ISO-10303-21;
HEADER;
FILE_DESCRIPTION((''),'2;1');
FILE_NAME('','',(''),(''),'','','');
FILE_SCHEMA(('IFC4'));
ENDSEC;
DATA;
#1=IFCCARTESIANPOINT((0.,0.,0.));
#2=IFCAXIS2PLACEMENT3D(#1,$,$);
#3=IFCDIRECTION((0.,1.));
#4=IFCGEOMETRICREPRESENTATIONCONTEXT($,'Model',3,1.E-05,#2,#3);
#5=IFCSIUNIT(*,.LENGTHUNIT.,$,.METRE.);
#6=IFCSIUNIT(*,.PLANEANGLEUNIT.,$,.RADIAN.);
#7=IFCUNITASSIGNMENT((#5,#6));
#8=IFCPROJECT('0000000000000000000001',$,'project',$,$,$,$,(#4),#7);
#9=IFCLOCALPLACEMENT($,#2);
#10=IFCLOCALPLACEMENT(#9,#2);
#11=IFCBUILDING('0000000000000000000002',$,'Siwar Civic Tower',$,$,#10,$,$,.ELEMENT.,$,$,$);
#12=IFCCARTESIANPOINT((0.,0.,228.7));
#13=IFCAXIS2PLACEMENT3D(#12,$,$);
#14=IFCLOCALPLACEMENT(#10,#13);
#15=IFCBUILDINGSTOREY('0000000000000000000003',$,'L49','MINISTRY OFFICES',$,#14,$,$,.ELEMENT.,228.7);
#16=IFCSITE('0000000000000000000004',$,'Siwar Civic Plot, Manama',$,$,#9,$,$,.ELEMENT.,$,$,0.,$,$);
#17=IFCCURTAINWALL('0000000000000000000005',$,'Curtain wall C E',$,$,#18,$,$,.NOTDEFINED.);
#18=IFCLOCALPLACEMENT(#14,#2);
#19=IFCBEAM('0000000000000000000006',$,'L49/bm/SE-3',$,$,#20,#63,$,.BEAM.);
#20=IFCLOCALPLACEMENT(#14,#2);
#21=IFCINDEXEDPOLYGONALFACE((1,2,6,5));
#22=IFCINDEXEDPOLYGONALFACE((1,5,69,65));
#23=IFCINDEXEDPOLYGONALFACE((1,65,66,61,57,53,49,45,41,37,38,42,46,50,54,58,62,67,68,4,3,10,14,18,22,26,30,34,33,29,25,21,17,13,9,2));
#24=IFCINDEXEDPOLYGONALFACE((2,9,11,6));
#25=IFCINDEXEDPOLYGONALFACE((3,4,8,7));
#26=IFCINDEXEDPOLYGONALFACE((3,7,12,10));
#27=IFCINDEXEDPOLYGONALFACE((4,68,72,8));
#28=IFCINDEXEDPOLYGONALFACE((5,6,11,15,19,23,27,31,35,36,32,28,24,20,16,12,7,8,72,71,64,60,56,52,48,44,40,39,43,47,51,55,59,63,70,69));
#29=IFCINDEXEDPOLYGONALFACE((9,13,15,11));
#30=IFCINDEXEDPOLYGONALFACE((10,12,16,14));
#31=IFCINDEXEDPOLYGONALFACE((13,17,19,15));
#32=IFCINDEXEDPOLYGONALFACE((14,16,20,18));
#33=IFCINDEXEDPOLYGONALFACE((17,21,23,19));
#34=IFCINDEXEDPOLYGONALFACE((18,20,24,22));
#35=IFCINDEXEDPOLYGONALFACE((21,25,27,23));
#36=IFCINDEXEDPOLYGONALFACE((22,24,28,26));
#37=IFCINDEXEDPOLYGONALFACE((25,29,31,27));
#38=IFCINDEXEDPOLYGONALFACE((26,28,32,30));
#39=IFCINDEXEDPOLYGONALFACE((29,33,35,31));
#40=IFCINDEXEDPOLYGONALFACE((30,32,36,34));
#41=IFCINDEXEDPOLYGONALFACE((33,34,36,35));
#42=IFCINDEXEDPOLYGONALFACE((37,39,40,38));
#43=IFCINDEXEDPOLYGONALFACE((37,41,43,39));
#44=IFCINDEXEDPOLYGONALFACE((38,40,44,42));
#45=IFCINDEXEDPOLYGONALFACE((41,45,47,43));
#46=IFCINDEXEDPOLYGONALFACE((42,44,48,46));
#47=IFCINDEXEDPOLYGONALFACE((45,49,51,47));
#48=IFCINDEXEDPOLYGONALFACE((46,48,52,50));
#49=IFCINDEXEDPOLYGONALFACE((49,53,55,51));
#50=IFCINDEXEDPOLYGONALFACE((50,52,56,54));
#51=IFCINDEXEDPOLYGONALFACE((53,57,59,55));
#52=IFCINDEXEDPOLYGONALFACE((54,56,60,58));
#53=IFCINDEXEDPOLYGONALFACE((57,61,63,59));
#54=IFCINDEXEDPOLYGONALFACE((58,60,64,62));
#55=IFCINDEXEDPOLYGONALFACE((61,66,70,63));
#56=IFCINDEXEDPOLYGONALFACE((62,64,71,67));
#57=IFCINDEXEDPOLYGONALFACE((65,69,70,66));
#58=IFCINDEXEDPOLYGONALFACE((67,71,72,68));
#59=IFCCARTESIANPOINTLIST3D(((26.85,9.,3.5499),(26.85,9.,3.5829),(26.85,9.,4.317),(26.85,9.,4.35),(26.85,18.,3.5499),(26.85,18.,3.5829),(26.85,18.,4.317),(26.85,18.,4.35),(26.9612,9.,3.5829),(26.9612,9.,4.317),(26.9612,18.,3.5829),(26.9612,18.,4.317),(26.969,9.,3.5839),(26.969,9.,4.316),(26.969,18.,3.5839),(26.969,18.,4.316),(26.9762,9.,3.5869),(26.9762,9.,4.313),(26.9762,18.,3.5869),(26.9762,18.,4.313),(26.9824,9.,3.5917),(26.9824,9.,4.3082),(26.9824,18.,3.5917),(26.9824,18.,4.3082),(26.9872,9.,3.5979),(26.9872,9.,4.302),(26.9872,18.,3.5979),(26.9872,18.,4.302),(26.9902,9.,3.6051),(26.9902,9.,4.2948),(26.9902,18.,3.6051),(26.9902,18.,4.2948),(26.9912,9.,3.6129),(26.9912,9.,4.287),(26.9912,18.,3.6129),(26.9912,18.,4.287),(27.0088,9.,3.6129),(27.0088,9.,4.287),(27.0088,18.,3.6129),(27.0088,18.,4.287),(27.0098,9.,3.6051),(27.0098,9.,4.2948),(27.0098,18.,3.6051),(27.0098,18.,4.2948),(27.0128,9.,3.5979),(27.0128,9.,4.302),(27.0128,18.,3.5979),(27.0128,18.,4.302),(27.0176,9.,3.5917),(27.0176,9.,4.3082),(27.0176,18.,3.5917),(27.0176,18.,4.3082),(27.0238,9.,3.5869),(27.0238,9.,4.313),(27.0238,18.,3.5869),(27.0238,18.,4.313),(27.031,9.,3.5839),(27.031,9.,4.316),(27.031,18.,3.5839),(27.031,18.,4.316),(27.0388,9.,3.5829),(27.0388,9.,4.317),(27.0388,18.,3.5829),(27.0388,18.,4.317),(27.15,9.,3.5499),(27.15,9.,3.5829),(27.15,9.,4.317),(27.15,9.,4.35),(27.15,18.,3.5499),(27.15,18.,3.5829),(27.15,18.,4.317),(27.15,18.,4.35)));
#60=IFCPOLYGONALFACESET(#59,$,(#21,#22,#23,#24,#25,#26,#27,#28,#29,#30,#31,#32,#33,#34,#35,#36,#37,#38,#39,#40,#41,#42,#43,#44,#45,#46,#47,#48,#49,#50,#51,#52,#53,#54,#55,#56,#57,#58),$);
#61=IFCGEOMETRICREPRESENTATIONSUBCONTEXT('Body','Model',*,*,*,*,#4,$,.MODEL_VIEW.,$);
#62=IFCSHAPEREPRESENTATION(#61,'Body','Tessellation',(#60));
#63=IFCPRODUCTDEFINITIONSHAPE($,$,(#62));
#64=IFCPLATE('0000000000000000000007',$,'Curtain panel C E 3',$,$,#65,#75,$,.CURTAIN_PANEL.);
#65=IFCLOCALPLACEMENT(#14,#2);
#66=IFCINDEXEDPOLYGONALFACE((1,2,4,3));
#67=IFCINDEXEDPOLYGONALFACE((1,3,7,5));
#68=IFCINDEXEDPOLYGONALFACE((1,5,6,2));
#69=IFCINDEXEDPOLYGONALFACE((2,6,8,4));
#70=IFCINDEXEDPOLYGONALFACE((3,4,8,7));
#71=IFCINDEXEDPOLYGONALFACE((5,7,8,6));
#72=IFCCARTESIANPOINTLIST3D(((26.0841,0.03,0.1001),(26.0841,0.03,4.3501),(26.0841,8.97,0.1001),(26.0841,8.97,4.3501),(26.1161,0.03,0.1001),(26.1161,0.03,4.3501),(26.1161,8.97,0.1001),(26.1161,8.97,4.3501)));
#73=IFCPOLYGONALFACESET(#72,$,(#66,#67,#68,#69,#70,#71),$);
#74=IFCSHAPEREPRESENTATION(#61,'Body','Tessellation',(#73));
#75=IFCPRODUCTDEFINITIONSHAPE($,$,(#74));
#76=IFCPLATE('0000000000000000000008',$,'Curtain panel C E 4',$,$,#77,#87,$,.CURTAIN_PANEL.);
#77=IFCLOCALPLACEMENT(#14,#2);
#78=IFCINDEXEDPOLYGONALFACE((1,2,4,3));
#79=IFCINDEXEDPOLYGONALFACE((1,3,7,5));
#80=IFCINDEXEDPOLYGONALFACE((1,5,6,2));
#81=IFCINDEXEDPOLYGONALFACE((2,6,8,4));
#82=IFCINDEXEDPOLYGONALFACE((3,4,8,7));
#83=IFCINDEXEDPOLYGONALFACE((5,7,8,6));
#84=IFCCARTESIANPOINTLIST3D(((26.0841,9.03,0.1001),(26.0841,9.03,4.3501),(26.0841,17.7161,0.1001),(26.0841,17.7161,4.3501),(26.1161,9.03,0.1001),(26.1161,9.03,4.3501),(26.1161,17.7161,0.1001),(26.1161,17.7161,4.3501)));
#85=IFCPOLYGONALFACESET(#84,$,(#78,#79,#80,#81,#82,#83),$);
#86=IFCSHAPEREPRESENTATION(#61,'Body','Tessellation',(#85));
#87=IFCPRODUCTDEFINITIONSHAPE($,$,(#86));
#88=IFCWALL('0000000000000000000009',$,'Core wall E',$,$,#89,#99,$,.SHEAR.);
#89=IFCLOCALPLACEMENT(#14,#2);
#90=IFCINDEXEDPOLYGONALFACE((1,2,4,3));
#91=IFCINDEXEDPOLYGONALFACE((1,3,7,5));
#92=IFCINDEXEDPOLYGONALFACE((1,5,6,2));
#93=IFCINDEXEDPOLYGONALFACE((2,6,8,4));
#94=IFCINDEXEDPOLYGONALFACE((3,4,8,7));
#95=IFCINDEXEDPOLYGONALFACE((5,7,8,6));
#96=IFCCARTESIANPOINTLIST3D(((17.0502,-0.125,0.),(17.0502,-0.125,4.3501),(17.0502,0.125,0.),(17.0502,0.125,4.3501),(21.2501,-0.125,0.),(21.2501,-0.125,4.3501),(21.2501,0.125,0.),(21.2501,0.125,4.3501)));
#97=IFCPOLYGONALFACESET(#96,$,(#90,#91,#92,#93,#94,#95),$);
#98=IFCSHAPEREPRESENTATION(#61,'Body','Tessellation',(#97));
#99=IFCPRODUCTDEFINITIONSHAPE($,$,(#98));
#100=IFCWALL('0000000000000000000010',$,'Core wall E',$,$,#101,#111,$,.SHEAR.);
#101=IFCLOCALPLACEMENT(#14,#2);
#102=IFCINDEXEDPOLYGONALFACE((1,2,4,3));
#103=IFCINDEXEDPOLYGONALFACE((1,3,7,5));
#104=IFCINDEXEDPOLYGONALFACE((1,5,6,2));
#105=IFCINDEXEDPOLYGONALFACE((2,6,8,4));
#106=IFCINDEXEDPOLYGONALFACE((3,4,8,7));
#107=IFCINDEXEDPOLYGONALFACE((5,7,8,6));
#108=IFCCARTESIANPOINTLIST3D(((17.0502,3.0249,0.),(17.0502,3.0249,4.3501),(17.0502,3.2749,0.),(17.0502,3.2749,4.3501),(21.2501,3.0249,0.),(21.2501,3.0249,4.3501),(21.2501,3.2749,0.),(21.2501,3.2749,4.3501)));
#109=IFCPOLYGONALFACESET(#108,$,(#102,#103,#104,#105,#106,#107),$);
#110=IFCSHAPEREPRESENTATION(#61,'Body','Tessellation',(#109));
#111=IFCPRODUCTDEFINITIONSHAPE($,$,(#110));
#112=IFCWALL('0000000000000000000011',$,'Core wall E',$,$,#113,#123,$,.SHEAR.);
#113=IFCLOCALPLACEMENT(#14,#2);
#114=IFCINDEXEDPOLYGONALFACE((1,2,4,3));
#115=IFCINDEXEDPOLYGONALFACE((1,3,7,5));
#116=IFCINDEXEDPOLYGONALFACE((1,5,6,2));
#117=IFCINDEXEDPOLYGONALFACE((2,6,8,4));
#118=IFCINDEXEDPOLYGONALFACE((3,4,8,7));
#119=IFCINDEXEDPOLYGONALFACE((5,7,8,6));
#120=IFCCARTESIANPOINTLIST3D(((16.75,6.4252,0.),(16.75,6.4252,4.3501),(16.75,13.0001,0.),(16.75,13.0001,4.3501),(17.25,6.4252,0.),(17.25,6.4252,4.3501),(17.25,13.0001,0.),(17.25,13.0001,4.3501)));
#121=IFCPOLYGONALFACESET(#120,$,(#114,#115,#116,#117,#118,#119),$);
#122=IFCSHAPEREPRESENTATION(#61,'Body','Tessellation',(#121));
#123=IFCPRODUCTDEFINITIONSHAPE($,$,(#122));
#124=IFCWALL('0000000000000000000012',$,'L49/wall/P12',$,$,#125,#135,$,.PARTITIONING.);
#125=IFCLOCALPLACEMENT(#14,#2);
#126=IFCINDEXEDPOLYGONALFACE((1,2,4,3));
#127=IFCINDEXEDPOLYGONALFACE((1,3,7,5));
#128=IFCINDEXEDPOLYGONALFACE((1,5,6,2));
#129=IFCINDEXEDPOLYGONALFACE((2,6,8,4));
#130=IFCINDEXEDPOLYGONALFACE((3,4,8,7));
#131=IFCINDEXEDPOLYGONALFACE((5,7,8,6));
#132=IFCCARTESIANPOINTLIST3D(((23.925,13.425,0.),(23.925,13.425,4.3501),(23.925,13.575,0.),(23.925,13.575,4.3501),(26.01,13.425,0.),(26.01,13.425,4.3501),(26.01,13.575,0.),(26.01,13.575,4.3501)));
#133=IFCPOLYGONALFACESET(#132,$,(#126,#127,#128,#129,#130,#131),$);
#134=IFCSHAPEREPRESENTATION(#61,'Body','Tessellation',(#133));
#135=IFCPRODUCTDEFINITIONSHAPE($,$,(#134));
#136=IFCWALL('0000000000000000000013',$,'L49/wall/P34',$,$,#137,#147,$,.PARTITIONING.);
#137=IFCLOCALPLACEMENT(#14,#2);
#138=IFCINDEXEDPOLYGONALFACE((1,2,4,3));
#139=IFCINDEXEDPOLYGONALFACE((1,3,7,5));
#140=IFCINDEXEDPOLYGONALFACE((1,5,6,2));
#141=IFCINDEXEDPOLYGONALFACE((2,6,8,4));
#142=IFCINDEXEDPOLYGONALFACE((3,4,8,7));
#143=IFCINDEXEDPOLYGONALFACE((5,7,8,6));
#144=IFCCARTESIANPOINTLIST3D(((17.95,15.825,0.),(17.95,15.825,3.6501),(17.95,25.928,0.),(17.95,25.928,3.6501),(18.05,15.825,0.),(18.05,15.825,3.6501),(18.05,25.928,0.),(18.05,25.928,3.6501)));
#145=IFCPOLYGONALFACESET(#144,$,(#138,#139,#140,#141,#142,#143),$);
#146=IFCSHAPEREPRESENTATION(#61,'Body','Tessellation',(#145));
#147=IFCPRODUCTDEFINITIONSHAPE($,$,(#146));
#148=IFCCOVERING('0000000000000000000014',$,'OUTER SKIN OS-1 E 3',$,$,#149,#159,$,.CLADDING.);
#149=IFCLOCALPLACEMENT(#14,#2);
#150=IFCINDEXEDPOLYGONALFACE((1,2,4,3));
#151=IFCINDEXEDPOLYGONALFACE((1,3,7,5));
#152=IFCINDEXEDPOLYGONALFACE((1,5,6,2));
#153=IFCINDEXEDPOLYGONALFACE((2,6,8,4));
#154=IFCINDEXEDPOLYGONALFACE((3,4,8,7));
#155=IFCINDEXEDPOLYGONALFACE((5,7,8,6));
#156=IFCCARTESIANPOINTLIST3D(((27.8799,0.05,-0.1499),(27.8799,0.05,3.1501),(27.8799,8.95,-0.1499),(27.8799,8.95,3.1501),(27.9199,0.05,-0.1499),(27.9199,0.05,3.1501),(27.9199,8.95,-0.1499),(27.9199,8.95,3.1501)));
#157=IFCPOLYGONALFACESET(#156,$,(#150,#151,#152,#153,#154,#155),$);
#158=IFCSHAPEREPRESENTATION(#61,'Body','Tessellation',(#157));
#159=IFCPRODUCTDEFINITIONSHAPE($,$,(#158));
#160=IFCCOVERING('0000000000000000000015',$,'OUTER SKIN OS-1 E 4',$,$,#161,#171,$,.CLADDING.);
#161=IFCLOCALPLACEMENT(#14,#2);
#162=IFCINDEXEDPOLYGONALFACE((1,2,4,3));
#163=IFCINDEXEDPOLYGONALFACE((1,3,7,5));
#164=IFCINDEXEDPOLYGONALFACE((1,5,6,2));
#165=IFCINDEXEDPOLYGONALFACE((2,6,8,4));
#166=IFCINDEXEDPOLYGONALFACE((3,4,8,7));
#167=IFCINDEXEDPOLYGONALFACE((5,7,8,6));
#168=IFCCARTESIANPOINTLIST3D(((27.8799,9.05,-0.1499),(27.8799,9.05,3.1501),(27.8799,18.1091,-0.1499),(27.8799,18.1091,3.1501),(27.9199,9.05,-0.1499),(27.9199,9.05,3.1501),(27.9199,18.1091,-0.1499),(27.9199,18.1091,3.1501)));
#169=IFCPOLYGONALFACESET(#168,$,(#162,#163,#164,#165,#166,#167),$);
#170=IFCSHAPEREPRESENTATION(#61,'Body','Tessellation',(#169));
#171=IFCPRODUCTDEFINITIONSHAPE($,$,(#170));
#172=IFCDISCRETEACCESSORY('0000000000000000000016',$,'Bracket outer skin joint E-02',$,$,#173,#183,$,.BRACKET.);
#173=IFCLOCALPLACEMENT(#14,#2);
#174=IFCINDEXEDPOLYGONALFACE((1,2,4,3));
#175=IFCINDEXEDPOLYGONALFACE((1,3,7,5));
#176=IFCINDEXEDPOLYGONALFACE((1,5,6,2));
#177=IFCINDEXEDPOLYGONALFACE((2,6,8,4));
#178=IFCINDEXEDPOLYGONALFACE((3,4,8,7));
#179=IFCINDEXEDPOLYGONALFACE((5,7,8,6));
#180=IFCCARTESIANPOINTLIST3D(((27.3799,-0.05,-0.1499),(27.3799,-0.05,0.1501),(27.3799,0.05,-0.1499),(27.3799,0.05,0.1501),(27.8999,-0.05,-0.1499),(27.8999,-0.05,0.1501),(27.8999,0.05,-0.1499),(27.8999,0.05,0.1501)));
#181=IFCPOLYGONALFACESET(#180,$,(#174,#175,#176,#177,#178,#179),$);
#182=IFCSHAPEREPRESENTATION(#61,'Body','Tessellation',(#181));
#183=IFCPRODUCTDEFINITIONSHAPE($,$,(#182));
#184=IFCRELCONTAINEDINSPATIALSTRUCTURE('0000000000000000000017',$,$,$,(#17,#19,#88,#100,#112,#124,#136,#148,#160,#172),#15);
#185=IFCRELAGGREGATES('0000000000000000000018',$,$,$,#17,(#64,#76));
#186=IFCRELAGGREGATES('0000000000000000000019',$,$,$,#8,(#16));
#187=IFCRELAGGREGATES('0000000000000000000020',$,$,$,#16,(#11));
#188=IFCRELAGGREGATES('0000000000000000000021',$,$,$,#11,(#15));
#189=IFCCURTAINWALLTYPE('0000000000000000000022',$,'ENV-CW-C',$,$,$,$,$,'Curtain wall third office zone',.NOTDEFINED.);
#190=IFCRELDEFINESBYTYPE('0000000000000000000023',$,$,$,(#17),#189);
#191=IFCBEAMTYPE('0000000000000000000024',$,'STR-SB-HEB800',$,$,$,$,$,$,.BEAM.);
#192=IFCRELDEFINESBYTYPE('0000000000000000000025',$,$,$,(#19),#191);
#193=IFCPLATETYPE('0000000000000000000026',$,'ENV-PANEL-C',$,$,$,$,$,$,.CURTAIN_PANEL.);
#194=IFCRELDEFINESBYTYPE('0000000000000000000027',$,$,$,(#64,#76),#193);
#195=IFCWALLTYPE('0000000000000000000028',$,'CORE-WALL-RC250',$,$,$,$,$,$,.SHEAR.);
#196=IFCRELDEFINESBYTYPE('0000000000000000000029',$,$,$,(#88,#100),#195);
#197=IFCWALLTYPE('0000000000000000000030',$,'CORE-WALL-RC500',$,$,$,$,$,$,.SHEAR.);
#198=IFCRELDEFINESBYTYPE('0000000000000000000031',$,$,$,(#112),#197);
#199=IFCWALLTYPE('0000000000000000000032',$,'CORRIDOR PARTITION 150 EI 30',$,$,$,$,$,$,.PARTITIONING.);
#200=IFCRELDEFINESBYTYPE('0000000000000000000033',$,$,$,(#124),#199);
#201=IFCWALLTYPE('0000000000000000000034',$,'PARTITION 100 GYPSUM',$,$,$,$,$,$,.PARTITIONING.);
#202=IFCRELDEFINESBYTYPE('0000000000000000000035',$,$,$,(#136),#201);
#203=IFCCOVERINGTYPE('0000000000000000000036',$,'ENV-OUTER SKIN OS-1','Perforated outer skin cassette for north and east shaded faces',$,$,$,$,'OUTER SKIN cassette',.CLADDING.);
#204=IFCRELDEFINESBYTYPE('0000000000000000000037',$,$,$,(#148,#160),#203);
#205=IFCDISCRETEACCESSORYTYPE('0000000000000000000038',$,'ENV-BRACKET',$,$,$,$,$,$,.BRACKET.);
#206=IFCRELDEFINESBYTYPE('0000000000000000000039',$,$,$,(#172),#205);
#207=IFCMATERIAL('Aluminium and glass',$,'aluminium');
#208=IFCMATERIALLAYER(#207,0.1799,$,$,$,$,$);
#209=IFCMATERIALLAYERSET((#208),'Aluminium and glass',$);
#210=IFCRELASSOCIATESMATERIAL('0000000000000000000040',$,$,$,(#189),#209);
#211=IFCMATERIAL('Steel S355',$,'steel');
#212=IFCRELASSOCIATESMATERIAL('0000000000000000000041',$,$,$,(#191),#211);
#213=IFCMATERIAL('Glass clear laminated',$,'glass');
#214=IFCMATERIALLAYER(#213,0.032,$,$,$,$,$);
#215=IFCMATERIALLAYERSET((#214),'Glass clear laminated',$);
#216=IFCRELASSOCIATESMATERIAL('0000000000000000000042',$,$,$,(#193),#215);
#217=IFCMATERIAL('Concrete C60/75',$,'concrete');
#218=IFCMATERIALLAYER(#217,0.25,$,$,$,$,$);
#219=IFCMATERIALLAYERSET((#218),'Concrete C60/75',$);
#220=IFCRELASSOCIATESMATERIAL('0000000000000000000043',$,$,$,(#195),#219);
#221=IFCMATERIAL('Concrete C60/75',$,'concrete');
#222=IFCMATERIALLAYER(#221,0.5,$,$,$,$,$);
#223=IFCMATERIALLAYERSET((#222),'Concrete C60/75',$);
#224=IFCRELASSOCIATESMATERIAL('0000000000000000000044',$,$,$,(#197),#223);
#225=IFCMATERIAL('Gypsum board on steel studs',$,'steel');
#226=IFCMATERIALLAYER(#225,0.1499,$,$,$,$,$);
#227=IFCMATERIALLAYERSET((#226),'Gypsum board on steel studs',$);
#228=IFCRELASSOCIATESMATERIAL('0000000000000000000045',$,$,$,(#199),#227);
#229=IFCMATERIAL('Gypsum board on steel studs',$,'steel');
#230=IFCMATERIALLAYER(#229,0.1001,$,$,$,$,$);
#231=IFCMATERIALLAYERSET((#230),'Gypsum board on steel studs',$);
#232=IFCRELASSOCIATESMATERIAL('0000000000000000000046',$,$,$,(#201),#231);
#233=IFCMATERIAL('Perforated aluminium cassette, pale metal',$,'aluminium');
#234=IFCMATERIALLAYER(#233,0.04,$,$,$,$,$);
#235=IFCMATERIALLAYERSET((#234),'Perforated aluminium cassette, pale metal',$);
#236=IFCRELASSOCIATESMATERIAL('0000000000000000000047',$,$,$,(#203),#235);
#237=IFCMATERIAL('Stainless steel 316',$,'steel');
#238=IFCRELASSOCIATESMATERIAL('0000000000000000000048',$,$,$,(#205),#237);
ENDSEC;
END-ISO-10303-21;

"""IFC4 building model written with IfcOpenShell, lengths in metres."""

from ifc_helpers import new_model, si_unit, direction, frame, frame_2d, origin, origin_2d, place, context, subcontext, project, spatial, rectangle, i_section, extrude, material, layer, layer_set, material_profile, profile_set, type_object, element, aggregate, save


model = new_model("IFC4")

# Units and contexts
model_context = context("Model", 3, precision=1e-05, world=origin(), true_north=direction((0.0, 1.0)))
body_context = subcontext(model_context, "Body", "Model", "MODEL_VIEW")
ifc_project = project(units=[si_unit("LENGTHUNIT", "METRE"), si_unit("PLANEANGLEUNIT", "RADIAN")], contexts=[model_context])

# Site, building, storey
site_placement = place(None, origin())
site = spatial("IfcSite", under=ifc_project, at=site_placement, Name="Siwar Civic Plot, Manama", CompositionType="ELEMENT", RefElevation=0.0)
building_placement = place(site_placement, origin())
building = spatial("IfcBuilding", under=site, at=building_placement, Name="Siwar Civic Tower", CompositionType="ELEMENT")
storey_placement = place(building_placement, frame((0.0, 0.0, 228.7)))
storey = spatial("IfcBuildingStorey", under=building, at=storey_placement, Name="L49", Description="MINISTRY OFFICES", CompositionType="ELEMENT", Elevation=228.7)

# Curtain wall
ifc_material_1 = material(Name="Aluminium and glass", Category="aluminium")
ifc_layer_1 = layer(ifc_material_1, 0.1799)
ifc_layer_set_1 = layer_set([ifc_layer_1], Name="Aluminium and glass")
curtain_wall_type_1 = type_object("IfcCurtainWallType", Name="ENV-CW-C", ElementType="Curtain wall third office zone", PredefinedType="NOTDEFINED", material=ifc_layer_set_1)
curtain_wall_1_placement = place(storey_placement, origin())
curtain_wall_1 = element("IfcCurtainWall", 1, at=curtain_wall_1_placement, inside=storey, type_object=curtain_wall_type_1, Name="Curtain wall C E", PredefinedType="NOTDEFINED")

# Beam
ifc_material_2 = material(Name="Steel S355", Category="steel")
ifc_material_profile_1 = material_profile(ifc_material_2, i_section(OverallWidth=0.3, OverallDepth=0.8, WebThickness=0.0176, FlangeThickness=0.033, FilletRadius=0.03, at=origin_2d()), Name="HEB800")
ifc_profile_set_1 = profile_set([ifc_material_profile_1], Name="Steel S355")
beam_type_1 = type_object("IfcBeamType", Name="STR-SB-HEB800", PredefinedType="BEAM", material=ifc_profile_set_1)
for number, where, z_axis, x_axis, name in (
    (2, (27.0, 9.0, 3.95), (0.0, 1.0, 0.0), (-1.0, 0.0, 0.0), "L49/bm/SE-3"),
):
    element("IfcBeam", number, at=place(storey_placement, frame(where, z_axis=z_axis, x_axis=x_axis)), inside=storey, type_object=beam_type_1, Name=name, PredefinedType="BEAM", context=body_context, shape_type="SweptSolid", body=[
        extrude(i_section(OverallWidth=0.3, OverallDepth=0.8, WebThickness=0.0176, FlangeThickness=0.033, FilletRadius=0.03, at=origin_2d()), origin(), (0.0, 0.0, 1.0), 9.0),
    ])

# Plates
ifc_material_3 = material(Name="Glass clear laminated", Category="glass")
ifc_layer_2 = layer(ifc_material_3, 0.032)
ifc_layer_set_2 = layer_set([ifc_layer_2], Name="Glass clear laminated")
plate_type = type_object("IfcPlateType", Name="ENV-PANEL-C", PredefinedType="CURTAIN_PANEL", material=ifc_layer_set_2)
plate_1_placement = place(storey_placement, frame((26.1001, 4.5, 0.1001), z_axis=(0.0, 0.0, 1.0), x_axis=(0.0, 1.0, 0.0)))
plate_1 = element("IfcPlate", 3, at=plate_1_placement, type_object=plate_type, Name="Curtain panel C E 3", PredefinedType="CURTAIN_PANEL", context=body_context, shape_type="SweptSolid", body=[
    extrude(rectangle(XDim=8.9399, YDim=0.032, at=origin_2d()), origin(), (0.0, 0.0, 1.0), 4.25),
])
plate_2_placement = place(storey_placement, frame((26.1001, 13.373, 0.1001), z_axis=(0.0, 0.0, 1.0), x_axis=(0.0, 1.0, 0.0)))
plate_2 = element("IfcPlate", 4, at=plate_2_placement, type_object=plate_type, Name="Curtain panel C E 4", PredefinedType="CURTAIN_PANEL", context=body_context, shape_type="SweptSolid", body=[
    extrude(rectangle(XDim=8.686, YDim=0.032, at=origin_2d()), origin(), (0.0, 0.0, 1.0), 4.25),
])
aggregate(curtain_wall_1, [plate_1, plate_2])

# Walls
ifc_material_4 = material(Name="Concrete C60/75", Category="concrete")
ifc_layer_3 = layer(ifc_material_4, 0.25)
ifc_layer_set_3 = layer_set([ifc_layer_3], Name="Concrete C60/75")
wall_type_1 = type_object("IfcWallType", Name="CORE-WALL-RC250", PredefinedType="SHEAR", material=ifc_layer_set_3)
for number, where, z_axis, x_axis, name in (
    (5, (17.05, 0.0, 0.0), (0.0, 0.0, 1.0), (1.0, 0.0, 0.0), "Core wall E"),
    (6, (17.05, 3.1499, 0.0), (0.0, 0.0, 1.0), (1.0, 0.0, 0.0), "Core wall E"),
):
    element("IfcWall", number, at=place(storey_placement, frame(where, z_axis=z_axis, x_axis=x_axis)), inside=storey, type_object=wall_type_1, Name=name, PredefinedType="SHEAR", context=body_context, shape_type="SweptSolid", body=[
        extrude(rectangle(XDim=4.2, YDim=0.25, at=frame_2d((2.1001, 0.0))), origin(), (0.0, 0.0, 1.0), 4.3501),
    ])
ifc_material_5 = material(Name="Concrete C60/75", Category="concrete")
ifc_layer_4 = layer(ifc_material_5, 0.5)
ifc_layer_set_4 = layer_set([ifc_layer_4], Name="Concrete C60/75")
wall_type_2 = type_object("IfcWallType", Name="CORE-WALL-RC500", PredefinedType="SHEAR", material=ifc_layer_set_4)
wall_1_placement = place(storey_placement, frame((17.0, 6.425, 0.0), z_axis=(0.0, 0.0, 1.0), x_axis=(0.0, 1.0, 0.0)))
element("IfcWall", 7, at=wall_1_placement, inside=storey, type_object=wall_type_2, Name="Core wall E", PredefinedType="SHEAR", context=body_context, shape_type="SweptSolid", body=[
    extrude(rectangle(XDim=6.575, YDim=0.5, at=frame_2d((3.2876, 0.0))), origin(), (0.0, 0.0, 1.0), 4.3501),
])
ifc_material_6 = material(Name="Gypsum board on steel studs", Category="steel")
ifc_layer_5 = layer(ifc_material_6, 0.1499)
ifc_layer_set_5 = layer_set([ifc_layer_5], Name="Gypsum board on steel studs")
wall_type_3 = type_object("IfcWallType", Name="CORRIDOR PARTITION 150 EI 30", PredefinedType="PARTITIONING", material=ifc_layer_set_5)
wall_2_placement = place(storey_placement, frame((23.925, 13.5, 0.0), z_axis=(0.0, 0.0, 1.0), x_axis=(1.0, 0.0, 0.0)))
element("IfcWall", 8, at=wall_2_placement, inside=storey, type_object=wall_type_3, Name="L49/wall/P12", PredefinedType="PARTITIONING", context=body_context, shape_type="SweptSolid", body=[
    extrude(rectangle(XDim=2.085, YDim=0.1499, at=frame_2d((1.0425, 0.0))), origin(), (0.0, 0.0, 1.0), 4.3501),
])
ifc_material_7 = material(Name="Gypsum board on steel studs", Category="steel")
ifc_layer_6 = layer(ifc_material_7, 0.1001)
ifc_layer_set_6 = layer_set([ifc_layer_6], Name="Gypsum board on steel studs")
wall_type_4 = type_object("IfcWallType", Name="PARTITION 100 GYPSUM", PredefinedType="PARTITIONING", material=ifc_layer_set_6)
wall_3_placement = place(storey_placement, frame((18.0, 15.825, 0.0), z_axis=(0.0, 0.0, 1.0), x_axis=(0.0, 1.0, 0.0)))
element("IfcWall", 9, at=wall_3_placement, inside=storey, type_object=wall_type_4, Name="L49/wall/P34", PredefinedType="PARTITIONING", context=body_context, shape_type="SweptSolid", body=[
    extrude(rectangle(XDim=10.103, YDim=0.1001, at=frame_2d((5.0515, 0.0))), origin(), (0.0, 0.0, 1.0), 3.6501),
])

# Coverings
ifc_material_8 = material(Name="Perforated aluminium cassette, pale metal", Category="aluminium")
ifc_layer_7 = layer(ifc_material_8, 0.04)
ifc_layer_set_7 = layer_set([ifc_layer_7], Name="Perforated aluminium cassette, pale metal")
covering_type = type_object("IfcCoveringType", Name="ENV-OUTER SKIN OS-1", Description="Perforated outer skin cassette for north and east shaded faces", ElementType="OUTER SKIN cassette", PredefinedType="CLADDING", material=ifc_layer_set_7)
covering_1_placement = place(storey_placement, frame((27.8999, 4.5, -0.1499), z_axis=(0.0, 0.0, 1.0), x_axis=(0.0, 1.0, 0.0)))
element("IfcCovering", 10, at=covering_1_placement, inside=storey, type_object=covering_type, Name="OUTER SKIN OS-1 E 3", PredefinedType="CLADDING", context=body_context, shape_type="SweptSolid", body=[
    extrude(rectangle(XDim=8.8999, YDim=0.04, at=origin_2d()), origin(), (0.0, 0.0, 1.0), 3.3),
])
covering_2_placement = place(storey_placement, frame((27.8999, 13.5796, -0.1499), z_axis=(0.0, 0.0, 1.0), x_axis=(0.0, 1.0, 0.0)))
element("IfcCovering", 11, at=covering_2_placement, inside=storey, type_object=covering_type, Name="OUTER SKIN OS-1 E 4", PredefinedType="CLADDING", context=body_context, shape_type="SweptSolid", body=[
    extrude(rectangle(XDim=9.0591, YDim=0.04, at=origin_2d()), origin(), (0.0, 0.0, 1.0), 3.3),
])

# Discrete accessory
ifc_material_9 = material(Name="Stainless steel 316", Category="steel")
discrete_accessory_type = type_object("IfcDiscreteAccessoryType", Name="ENV-BRACKET", PredefinedType="BRACKET", material=ifc_material_9)
for number, where, z_axis, x_axis, name in (
    (12, (27.6399, 0.0, -0.1499), (0.0, 0.0, 1.0), (1.0, 0.0, 0.0), "Bracket outer skin joint E-02"),
):
    element("IfcDiscreteAccessory", number, at=place(storey_placement, frame(where, z_axis=z_axis, x_axis=x_axis)), inside=storey, type_object=discrete_accessory_type, Name=name, PredefinedType="BRACKET", context=body_context, shape_type="SweptSolid", body=[
        extrude(rectangle(XDim=0.52, YDim=0.1001, at=origin_2d()), origin(), (0.0, 0.0, 1.0), 0.3),
    ])

save(model, "model.ifc")
